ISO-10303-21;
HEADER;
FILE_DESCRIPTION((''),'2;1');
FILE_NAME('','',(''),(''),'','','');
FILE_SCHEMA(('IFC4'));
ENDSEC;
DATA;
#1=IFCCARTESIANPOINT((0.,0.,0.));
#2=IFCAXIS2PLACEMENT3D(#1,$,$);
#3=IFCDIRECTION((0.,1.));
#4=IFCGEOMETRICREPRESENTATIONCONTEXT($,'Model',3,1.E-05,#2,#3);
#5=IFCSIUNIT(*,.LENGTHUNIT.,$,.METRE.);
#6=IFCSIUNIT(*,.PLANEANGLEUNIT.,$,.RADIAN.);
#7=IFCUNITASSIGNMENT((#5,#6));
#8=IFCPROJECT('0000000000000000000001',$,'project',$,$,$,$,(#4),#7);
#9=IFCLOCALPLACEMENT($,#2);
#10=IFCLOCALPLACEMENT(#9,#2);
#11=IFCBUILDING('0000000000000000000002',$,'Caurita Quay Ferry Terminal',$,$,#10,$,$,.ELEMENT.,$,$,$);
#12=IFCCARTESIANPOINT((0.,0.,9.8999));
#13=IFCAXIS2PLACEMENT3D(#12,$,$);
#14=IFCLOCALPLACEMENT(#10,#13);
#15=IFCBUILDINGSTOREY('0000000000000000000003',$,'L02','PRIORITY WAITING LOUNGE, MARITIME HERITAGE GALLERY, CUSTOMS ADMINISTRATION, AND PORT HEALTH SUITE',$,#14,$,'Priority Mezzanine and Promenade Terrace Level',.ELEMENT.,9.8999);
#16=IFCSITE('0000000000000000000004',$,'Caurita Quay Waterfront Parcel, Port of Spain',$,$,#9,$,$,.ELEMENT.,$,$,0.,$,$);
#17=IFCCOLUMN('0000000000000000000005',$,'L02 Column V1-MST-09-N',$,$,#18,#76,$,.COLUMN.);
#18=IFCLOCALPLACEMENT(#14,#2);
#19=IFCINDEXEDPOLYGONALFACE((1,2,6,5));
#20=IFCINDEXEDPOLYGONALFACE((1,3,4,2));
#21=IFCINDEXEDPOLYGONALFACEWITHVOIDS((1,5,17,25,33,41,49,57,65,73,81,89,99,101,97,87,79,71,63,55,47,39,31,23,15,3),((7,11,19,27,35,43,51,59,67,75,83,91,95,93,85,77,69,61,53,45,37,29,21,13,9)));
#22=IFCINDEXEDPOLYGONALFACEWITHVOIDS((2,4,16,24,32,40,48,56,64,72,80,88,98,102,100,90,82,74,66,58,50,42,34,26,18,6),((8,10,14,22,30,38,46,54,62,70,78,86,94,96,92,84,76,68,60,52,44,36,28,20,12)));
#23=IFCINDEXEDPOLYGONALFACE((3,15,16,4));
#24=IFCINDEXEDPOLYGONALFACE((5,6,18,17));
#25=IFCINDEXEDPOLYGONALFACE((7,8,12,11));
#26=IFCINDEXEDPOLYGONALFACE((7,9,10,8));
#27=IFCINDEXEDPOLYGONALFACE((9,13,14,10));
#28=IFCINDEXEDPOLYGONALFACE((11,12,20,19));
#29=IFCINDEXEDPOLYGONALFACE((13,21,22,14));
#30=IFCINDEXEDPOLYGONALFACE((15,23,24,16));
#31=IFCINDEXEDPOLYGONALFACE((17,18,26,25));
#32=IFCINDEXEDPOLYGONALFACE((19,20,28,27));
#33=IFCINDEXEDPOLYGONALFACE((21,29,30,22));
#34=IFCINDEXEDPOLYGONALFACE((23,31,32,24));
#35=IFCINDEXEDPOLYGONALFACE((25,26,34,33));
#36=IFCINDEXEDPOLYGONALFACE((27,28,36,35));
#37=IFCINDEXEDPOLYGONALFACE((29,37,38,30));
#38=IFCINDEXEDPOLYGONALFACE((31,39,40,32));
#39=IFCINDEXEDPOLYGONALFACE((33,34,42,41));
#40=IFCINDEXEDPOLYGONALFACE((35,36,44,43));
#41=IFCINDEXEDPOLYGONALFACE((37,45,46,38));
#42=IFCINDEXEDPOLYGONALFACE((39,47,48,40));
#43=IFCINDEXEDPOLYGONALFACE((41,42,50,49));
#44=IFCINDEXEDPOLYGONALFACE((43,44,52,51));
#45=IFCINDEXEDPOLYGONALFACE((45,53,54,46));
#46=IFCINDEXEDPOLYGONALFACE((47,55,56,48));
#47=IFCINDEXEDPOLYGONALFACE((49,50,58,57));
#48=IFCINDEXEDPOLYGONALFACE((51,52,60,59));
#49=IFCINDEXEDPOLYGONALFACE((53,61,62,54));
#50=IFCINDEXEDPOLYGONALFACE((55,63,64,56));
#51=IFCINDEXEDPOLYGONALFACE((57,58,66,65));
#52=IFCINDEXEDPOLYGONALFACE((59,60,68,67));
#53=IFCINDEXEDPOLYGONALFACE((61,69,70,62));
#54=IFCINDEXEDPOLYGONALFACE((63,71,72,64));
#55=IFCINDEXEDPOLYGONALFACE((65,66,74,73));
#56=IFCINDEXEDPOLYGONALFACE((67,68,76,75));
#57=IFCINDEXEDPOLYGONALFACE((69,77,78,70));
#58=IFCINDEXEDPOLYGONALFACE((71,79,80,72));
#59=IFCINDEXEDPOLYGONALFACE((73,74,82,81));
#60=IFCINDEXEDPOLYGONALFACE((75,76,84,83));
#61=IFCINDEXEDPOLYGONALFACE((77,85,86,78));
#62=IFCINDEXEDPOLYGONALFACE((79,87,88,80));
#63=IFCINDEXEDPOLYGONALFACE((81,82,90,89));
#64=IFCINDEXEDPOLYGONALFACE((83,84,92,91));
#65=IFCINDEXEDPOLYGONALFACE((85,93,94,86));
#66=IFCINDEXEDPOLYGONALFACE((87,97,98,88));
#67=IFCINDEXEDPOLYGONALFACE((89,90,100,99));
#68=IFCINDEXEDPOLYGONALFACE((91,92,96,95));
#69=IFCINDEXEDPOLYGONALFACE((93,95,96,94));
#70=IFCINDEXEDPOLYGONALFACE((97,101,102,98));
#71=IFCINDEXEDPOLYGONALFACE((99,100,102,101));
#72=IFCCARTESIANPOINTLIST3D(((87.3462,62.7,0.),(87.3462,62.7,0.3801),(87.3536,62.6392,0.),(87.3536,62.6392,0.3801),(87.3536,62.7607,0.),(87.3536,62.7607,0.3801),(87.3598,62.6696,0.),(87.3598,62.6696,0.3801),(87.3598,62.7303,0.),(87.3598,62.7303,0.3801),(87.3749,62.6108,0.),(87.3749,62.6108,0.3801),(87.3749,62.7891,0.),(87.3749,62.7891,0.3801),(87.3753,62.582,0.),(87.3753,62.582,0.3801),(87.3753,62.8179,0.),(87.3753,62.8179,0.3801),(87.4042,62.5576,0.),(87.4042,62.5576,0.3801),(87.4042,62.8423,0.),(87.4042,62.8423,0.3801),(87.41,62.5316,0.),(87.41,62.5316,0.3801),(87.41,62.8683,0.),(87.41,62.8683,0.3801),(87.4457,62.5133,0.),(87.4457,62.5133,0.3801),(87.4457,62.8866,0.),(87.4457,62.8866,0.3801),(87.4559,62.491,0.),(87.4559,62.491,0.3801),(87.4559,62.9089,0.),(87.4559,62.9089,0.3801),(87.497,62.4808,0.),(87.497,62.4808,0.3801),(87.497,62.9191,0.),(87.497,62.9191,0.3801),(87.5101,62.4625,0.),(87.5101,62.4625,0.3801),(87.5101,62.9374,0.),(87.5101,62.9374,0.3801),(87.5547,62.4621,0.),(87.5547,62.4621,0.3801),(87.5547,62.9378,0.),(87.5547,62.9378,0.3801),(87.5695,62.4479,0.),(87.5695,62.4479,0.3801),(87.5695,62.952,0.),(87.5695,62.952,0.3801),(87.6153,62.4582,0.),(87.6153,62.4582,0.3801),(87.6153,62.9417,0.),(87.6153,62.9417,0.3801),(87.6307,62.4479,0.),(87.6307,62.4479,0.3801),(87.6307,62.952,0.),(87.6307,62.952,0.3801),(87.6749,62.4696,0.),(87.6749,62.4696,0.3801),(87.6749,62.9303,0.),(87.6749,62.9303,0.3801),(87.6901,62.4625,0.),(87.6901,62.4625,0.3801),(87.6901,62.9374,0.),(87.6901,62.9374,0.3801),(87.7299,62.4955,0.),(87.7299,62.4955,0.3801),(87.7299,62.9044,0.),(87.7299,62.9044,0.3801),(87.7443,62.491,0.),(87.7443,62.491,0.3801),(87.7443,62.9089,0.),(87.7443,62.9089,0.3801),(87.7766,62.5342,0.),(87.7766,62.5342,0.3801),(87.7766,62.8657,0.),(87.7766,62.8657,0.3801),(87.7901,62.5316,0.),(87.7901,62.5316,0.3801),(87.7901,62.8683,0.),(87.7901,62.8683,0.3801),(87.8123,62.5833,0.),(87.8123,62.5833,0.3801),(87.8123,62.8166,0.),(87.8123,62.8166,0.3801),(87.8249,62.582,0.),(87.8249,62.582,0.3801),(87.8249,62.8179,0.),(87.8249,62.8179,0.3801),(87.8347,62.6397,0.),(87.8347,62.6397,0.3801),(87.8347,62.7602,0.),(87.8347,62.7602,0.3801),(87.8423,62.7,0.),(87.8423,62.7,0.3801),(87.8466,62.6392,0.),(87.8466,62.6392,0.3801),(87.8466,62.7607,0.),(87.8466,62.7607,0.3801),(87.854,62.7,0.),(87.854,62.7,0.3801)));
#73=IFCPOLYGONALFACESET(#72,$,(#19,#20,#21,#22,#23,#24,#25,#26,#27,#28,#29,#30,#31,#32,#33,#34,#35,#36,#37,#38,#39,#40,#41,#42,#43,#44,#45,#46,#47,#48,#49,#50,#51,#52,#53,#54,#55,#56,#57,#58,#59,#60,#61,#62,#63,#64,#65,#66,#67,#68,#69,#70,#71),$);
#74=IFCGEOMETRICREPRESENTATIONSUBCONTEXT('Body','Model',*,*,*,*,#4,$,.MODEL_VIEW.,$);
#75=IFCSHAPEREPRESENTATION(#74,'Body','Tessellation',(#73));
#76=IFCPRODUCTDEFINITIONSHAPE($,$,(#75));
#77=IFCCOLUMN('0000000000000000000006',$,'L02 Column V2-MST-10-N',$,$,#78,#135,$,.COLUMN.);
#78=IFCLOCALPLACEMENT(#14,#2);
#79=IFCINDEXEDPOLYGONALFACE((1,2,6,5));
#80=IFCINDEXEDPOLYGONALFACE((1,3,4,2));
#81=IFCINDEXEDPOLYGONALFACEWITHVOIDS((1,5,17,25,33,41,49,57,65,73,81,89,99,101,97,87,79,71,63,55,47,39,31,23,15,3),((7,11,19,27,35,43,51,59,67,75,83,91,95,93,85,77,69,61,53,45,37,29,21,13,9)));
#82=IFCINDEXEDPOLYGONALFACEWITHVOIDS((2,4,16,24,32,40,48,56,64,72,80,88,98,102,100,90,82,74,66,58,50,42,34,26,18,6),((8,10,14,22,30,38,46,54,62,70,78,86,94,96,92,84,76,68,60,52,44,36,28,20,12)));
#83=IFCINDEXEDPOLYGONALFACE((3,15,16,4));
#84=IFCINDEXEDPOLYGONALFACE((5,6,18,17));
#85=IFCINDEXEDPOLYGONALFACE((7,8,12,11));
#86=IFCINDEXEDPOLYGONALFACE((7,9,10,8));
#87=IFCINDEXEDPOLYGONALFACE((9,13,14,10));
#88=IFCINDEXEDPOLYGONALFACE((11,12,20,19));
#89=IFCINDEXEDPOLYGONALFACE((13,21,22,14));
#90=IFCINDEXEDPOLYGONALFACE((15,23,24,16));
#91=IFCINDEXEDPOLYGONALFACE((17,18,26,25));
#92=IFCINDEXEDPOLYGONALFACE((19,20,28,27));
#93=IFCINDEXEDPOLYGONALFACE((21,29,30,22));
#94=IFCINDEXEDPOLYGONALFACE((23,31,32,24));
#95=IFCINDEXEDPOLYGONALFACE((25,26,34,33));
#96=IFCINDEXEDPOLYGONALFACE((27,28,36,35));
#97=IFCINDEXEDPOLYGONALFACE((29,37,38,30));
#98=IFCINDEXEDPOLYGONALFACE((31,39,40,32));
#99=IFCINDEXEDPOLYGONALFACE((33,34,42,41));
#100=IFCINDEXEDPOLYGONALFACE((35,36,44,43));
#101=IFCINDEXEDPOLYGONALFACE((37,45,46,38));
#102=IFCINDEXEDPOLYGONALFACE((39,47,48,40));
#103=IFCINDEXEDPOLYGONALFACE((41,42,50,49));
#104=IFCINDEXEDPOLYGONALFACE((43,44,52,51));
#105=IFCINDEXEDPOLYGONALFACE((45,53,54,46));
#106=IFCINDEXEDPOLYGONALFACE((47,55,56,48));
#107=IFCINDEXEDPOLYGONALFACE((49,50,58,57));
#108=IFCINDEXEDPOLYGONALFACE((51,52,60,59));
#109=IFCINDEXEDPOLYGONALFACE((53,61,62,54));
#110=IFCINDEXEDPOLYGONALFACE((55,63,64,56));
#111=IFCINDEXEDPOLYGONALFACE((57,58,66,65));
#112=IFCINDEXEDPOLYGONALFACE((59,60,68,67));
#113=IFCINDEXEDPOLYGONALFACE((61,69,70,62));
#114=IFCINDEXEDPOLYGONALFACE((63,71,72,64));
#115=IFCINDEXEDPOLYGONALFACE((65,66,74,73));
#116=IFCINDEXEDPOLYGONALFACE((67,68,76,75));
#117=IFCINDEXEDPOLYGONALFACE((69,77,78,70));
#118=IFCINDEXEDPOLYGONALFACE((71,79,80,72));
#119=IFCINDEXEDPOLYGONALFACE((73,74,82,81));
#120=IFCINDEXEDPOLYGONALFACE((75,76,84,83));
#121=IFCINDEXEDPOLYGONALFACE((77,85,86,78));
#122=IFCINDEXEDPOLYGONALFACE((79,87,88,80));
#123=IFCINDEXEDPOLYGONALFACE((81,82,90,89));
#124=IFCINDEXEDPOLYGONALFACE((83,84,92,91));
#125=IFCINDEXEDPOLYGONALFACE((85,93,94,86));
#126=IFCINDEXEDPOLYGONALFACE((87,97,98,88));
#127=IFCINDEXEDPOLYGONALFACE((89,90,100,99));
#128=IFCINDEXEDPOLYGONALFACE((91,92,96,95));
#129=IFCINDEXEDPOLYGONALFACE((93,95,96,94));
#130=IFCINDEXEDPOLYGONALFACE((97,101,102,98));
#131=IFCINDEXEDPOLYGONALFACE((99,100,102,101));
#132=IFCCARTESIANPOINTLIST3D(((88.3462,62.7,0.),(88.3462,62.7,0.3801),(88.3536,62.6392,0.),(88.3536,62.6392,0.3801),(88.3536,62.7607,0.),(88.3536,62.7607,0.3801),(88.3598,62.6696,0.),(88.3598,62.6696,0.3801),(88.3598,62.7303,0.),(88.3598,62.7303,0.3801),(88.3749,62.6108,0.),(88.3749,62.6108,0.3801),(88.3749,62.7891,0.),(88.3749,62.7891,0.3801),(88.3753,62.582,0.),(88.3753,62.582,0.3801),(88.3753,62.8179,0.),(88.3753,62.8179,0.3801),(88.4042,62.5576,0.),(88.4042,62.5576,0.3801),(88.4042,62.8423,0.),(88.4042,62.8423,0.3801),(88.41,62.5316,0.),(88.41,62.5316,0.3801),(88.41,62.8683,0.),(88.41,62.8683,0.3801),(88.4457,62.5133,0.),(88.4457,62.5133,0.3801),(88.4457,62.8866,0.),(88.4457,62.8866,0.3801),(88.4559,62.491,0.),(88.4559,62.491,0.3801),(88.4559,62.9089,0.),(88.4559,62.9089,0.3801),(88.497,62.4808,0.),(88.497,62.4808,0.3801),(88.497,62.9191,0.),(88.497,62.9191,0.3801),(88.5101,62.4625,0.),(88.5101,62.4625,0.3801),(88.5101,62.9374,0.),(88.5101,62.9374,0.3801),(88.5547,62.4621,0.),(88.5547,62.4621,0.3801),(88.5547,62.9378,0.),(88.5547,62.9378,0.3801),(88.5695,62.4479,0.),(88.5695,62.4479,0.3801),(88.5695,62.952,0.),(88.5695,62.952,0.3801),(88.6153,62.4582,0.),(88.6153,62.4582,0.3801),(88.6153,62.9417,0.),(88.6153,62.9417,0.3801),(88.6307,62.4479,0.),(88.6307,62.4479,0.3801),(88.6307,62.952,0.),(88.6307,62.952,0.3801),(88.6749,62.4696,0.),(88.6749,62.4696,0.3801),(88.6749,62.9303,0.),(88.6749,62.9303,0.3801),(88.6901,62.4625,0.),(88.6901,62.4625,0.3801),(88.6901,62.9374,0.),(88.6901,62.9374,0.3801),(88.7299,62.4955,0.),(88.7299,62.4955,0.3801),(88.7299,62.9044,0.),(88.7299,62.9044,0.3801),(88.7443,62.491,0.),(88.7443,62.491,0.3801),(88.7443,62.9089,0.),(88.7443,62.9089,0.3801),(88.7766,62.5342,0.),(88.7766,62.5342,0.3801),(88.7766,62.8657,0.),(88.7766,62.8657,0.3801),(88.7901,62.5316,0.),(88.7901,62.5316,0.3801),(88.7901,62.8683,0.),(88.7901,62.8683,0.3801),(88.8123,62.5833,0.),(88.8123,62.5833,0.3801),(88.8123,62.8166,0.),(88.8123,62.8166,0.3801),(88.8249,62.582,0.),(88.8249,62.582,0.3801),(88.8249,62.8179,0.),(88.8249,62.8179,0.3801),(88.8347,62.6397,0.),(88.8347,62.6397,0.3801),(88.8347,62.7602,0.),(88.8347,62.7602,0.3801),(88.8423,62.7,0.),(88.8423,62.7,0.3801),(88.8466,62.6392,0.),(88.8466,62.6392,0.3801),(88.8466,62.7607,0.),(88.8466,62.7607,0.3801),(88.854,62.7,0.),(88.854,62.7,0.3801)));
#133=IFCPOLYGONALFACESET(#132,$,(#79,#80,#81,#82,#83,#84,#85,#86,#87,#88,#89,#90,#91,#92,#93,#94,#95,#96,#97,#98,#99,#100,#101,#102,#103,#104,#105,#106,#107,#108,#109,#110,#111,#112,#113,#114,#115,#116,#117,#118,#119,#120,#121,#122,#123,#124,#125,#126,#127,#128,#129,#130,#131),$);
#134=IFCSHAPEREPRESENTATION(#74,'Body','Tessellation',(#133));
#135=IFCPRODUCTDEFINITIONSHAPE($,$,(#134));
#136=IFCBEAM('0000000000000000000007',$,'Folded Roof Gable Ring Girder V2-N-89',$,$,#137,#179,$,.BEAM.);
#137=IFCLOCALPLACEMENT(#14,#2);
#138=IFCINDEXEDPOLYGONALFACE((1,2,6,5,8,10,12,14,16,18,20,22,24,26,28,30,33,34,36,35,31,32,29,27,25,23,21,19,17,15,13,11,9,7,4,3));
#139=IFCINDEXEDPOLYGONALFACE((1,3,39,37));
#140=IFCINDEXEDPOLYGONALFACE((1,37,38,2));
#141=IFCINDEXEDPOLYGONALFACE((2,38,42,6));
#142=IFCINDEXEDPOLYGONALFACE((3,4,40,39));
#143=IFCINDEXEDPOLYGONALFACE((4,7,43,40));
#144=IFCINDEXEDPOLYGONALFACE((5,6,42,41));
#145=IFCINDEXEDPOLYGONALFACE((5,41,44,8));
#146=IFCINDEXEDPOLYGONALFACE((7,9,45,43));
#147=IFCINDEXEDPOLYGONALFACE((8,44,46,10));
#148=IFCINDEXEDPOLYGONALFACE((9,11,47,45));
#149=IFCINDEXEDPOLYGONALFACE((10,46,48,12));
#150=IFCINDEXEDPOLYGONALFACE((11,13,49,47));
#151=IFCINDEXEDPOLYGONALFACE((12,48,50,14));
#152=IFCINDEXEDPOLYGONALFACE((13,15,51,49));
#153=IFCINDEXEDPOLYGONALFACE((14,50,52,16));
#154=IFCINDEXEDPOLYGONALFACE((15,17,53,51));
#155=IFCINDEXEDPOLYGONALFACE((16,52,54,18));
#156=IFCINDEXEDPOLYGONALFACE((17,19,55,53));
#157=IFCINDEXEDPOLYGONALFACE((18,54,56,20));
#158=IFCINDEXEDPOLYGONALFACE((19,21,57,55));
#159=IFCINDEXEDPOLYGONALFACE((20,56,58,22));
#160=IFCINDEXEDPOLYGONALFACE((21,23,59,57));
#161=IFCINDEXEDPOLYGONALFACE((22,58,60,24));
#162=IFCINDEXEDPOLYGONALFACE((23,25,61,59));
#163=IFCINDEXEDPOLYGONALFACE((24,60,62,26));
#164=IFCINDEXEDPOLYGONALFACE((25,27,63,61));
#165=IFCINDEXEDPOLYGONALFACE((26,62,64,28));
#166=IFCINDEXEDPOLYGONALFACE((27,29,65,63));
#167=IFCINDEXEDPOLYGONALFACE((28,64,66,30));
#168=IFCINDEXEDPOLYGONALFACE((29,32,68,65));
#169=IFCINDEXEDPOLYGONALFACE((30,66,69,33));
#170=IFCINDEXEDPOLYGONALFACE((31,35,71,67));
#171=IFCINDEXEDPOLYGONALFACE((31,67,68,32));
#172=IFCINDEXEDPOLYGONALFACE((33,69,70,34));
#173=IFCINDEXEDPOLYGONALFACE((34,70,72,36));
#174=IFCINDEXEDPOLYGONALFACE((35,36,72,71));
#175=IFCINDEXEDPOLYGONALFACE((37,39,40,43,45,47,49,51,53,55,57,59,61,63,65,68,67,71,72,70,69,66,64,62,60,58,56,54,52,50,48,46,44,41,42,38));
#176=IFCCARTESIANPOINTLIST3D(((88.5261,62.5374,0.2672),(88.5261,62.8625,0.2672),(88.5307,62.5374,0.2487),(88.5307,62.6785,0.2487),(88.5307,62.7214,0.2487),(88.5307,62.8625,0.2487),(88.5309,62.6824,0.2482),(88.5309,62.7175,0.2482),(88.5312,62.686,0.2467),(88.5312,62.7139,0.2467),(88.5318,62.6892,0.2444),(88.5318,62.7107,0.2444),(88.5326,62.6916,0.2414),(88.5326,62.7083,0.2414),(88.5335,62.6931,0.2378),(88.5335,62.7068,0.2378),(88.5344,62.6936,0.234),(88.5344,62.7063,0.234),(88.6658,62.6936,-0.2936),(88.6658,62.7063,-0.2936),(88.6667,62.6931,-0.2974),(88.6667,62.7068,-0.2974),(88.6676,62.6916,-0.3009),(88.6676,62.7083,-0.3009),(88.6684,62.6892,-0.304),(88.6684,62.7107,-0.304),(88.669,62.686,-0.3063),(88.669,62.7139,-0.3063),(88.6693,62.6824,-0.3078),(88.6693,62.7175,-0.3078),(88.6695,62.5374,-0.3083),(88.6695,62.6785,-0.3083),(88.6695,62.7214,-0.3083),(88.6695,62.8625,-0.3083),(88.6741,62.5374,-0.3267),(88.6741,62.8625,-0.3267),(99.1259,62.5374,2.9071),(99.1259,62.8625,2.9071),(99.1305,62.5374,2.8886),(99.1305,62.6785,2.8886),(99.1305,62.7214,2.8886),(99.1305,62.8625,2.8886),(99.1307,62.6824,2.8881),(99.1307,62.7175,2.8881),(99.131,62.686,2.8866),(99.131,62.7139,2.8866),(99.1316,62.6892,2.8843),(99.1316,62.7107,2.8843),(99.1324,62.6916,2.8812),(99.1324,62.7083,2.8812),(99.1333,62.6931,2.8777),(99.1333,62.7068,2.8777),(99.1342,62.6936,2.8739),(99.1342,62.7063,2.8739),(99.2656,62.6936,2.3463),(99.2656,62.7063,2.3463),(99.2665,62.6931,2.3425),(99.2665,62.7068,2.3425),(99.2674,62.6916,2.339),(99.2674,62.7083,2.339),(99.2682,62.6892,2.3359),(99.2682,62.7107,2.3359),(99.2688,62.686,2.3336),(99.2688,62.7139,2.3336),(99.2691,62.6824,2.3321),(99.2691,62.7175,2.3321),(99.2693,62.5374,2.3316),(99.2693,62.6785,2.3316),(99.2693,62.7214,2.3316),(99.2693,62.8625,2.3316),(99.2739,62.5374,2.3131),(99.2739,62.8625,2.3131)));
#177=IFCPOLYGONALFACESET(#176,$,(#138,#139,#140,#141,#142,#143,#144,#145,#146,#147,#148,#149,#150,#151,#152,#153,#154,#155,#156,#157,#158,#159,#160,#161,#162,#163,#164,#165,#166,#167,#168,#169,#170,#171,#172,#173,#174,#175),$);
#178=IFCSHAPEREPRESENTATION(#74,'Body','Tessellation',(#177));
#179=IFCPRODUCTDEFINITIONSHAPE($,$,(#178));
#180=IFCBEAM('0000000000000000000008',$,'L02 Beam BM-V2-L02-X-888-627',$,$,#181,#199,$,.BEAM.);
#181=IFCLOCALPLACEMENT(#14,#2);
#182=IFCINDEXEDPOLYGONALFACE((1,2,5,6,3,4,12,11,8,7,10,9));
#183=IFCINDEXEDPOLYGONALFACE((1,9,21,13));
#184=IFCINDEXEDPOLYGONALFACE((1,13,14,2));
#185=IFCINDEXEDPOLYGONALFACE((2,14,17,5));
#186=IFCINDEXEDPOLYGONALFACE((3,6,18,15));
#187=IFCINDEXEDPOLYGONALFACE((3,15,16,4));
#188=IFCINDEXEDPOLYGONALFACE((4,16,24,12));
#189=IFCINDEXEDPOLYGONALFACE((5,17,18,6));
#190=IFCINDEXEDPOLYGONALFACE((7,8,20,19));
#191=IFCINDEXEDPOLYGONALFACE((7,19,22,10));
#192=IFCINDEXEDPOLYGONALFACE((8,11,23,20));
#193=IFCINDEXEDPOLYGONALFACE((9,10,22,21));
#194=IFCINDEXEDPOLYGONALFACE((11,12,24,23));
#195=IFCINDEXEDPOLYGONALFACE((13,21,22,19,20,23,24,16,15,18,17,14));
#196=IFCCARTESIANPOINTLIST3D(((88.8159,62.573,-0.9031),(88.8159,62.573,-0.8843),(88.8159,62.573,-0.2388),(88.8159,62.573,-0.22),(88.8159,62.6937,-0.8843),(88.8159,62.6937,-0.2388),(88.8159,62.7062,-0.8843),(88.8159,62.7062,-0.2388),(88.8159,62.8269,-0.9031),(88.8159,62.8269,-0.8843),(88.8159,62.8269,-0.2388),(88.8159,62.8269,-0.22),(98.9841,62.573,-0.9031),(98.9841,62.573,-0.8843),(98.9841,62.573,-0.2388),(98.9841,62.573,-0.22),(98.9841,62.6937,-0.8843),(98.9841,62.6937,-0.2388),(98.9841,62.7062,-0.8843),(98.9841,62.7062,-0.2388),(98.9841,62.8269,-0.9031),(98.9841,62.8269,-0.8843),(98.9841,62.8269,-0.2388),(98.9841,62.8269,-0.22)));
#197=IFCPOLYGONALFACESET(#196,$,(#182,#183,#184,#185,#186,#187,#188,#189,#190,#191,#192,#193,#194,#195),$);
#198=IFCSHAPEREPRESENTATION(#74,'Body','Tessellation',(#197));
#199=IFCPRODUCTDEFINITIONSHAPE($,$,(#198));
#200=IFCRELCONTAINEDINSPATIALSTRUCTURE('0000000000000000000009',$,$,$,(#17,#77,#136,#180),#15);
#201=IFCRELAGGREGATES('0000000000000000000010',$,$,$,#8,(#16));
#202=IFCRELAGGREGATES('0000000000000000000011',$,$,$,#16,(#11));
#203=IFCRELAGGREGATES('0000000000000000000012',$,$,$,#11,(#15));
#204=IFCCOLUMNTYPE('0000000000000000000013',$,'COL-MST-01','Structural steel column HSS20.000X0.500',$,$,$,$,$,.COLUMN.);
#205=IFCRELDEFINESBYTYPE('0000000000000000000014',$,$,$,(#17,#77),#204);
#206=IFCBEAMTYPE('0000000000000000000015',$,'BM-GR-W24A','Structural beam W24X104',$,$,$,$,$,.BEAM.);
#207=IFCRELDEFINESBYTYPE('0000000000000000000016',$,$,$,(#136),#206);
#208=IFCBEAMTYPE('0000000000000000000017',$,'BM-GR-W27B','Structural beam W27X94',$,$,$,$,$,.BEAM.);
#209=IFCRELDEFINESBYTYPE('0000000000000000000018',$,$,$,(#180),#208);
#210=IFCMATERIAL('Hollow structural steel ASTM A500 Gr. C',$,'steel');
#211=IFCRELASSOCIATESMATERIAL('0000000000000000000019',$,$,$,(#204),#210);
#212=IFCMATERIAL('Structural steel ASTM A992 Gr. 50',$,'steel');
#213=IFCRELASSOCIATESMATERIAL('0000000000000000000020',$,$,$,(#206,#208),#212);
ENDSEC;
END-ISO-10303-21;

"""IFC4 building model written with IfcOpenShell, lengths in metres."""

from ifc_helpers import new_model, si_unit, direction, frame, origin, origin_2d, place, context, subcontext, project, spatial, hollow_circle, i_section, extrude, material, material_profile, profile_set, type_object, element, save


model = new_model("IFC4")

# Units and contexts
model_context = context("Model", 3, precision=1e-05, world=origin(), true_north=direction((0.0, 1.0)))
body_context = subcontext(model_context, "Body", "Model", "MODEL_VIEW")
ifc_project = project(units=[si_unit("LENGTHUNIT", "METRE"), si_unit("PLANEANGLEUNIT", "RADIAN")], contexts=[model_context])

# Site, building, storey
site_placement = place(None, origin())
site = spatial("IfcSite", under=ifc_project, at=site_placement, Name="Caurita Quay Waterfront Parcel, Port of Spain", CompositionType="ELEMENT", RefElevation=0.0)
building_placement = place(site_placement, origin())
building = spatial("IfcBuilding", under=site, at=building_placement, Name="Caurita Quay Ferry Terminal", CompositionType="ELEMENT")
storey_placement = place(building_placement, frame((0.0, 0.0, 9.8999)))
storey = spatial("IfcBuildingStorey", under=building, at=storey_placement, Name="L02", Description="PRIORITY WAITING LOUNGE, MARITIME HERITAGE GALLERY, CUSTOMS ADMINISTRATION, AND PORT HEALTH SUITE", LongName="Priority Mezzanine and Promenade Terrace Level", CompositionType="ELEMENT", Elevation=9.8999)

# Columns
ifc_material_1 = material(Name="Hollow structural steel ASTM A500 Gr. C", Category="steel")
ifc_material_profile_1 = material_profile(ifc_material_1, hollow_circle(Radius=0.2539, WallThickness=0.0117, at=origin_2d()), Name="HSS20.000X0.500")
ifc_profile_set_1 = profile_set([ifc_material_profile_1], Name="Hollow structural steel ASTM A500 Gr. C")
column_type = type_object("IfcColumnType", Name="COL-MST-01", Description="Structural steel column HSS20.000X0.500", PredefinedType="COLUMN", material=ifc_profile_set_1)
for number, where, z_axis, x_axis, name in (
    (1, (87.6001, 62.7, 0.0), (0.0, 0.0, 1.0), (1.0, 0.0, 0.0), "L02 Column V1-MST-09-N"),
    (2, (88.6001, 62.7, 0.0), (0.0, 0.0, 1.0), (1.0, 0.0, 0.0), "L02 Column V2-MST-10-N"),
):
    element("IfcColumn", number, at=place(storey_placement, frame(where, z_axis=z_axis, x_axis=x_axis)), inside=storey, type_object=column_type, Name=name, PredefinedType="COLUMN", context=body_context, shape_type="SweptSolid", body=[
        extrude(hollow_circle(Radius=0.2539, WallThickness=0.0117, at=origin_2d()), origin(), (0.0, 0.0, 1.0), 0.3801),
    ])

# Beams
ifc_material_2 = material(Name="Structural steel ASTM A992 Gr. 50", Category="steel")
ifc_material_profile_2 = material_profile(ifc_material_2, i_section(OverallWidth=0.3252, OverallDepth=0.6121, WebThickness=0.0127, FlangeThickness=0.019, FilletRadius=0.0151, at=origin_2d()), Name="W24X104")
ifc_profile_set_2 = profile_set([ifc_material_profile_2], Name="Structural steel ASTM A992 Gr. 50")
beam_type_1 = type_object("IfcBeamType", Name="BM-GR-W24A", Description="Structural beam W24X104", PredefinedType="BEAM", material=ifc_profile_set_2)
beam_1_placement = place(storey_placement, frame((88.6001, 62.7, -0.0298), z_axis=(0.970359, 0.0, 0.241668), x_axis=(0.0, 1.0, 0.0)))
element("IfcBeam", 3, at=beam_1_placement, inside=storey, type_object=beam_type_1, Name="Folded Roof Gable Ring Girder V2-N-89", PredefinedType="BEAM", context=body_context, shape_type="SweptSolid", body=[
    extrude(i_section(OverallWidth=0.3252, OverallDepth=0.6121, WebThickness=0.0127, FlangeThickness=0.019, FilletRadius=0.0151, at=origin_2d()), origin(), (0.0, 0.0, 1.0), 10.9236),
])
ifc_material_profile_3 = material_profile(ifc_material_2, i_section(OverallWidth=0.2539, OverallDepth=0.6831, WebThickness=0.0125, FlangeThickness=0.0188, at=origin_2d()), Name="W27X94")
ifc_profile_set_3 = profile_set([ifc_material_profile_3], Name="Structural steel ASTM A992 Gr. 50")
beam_type_2 = type_object("IfcBeamType", Name="BM-GR-W27B", Description="Structural beam W27X94", PredefinedType="BEAM", material=ifc_profile_set_3)
beam_2_placement = place(storey_placement, frame((88.8159, 62.7, -0.5615), z_axis=(1.0, 0.0, 0.0), x_axis=(0.0, 1.0, 0.0)))
element("IfcBeam", 4, at=beam_2_placement, inside=storey, type_object=beam_type_2, Name="L02 Beam BM-V2-L02-X-888-627", PredefinedType="BEAM", context=body_context, shape_type="SweptSolid", body=[
    extrude(i_section(OverallWidth=0.2539, OverallDepth=0.6831, WebThickness=0.0125, FlangeThickness=0.0188, at=origin_2d()), origin(), (0.0, 0.0, 1.0), 10.1682),
])

save(model, "model.ifc")
